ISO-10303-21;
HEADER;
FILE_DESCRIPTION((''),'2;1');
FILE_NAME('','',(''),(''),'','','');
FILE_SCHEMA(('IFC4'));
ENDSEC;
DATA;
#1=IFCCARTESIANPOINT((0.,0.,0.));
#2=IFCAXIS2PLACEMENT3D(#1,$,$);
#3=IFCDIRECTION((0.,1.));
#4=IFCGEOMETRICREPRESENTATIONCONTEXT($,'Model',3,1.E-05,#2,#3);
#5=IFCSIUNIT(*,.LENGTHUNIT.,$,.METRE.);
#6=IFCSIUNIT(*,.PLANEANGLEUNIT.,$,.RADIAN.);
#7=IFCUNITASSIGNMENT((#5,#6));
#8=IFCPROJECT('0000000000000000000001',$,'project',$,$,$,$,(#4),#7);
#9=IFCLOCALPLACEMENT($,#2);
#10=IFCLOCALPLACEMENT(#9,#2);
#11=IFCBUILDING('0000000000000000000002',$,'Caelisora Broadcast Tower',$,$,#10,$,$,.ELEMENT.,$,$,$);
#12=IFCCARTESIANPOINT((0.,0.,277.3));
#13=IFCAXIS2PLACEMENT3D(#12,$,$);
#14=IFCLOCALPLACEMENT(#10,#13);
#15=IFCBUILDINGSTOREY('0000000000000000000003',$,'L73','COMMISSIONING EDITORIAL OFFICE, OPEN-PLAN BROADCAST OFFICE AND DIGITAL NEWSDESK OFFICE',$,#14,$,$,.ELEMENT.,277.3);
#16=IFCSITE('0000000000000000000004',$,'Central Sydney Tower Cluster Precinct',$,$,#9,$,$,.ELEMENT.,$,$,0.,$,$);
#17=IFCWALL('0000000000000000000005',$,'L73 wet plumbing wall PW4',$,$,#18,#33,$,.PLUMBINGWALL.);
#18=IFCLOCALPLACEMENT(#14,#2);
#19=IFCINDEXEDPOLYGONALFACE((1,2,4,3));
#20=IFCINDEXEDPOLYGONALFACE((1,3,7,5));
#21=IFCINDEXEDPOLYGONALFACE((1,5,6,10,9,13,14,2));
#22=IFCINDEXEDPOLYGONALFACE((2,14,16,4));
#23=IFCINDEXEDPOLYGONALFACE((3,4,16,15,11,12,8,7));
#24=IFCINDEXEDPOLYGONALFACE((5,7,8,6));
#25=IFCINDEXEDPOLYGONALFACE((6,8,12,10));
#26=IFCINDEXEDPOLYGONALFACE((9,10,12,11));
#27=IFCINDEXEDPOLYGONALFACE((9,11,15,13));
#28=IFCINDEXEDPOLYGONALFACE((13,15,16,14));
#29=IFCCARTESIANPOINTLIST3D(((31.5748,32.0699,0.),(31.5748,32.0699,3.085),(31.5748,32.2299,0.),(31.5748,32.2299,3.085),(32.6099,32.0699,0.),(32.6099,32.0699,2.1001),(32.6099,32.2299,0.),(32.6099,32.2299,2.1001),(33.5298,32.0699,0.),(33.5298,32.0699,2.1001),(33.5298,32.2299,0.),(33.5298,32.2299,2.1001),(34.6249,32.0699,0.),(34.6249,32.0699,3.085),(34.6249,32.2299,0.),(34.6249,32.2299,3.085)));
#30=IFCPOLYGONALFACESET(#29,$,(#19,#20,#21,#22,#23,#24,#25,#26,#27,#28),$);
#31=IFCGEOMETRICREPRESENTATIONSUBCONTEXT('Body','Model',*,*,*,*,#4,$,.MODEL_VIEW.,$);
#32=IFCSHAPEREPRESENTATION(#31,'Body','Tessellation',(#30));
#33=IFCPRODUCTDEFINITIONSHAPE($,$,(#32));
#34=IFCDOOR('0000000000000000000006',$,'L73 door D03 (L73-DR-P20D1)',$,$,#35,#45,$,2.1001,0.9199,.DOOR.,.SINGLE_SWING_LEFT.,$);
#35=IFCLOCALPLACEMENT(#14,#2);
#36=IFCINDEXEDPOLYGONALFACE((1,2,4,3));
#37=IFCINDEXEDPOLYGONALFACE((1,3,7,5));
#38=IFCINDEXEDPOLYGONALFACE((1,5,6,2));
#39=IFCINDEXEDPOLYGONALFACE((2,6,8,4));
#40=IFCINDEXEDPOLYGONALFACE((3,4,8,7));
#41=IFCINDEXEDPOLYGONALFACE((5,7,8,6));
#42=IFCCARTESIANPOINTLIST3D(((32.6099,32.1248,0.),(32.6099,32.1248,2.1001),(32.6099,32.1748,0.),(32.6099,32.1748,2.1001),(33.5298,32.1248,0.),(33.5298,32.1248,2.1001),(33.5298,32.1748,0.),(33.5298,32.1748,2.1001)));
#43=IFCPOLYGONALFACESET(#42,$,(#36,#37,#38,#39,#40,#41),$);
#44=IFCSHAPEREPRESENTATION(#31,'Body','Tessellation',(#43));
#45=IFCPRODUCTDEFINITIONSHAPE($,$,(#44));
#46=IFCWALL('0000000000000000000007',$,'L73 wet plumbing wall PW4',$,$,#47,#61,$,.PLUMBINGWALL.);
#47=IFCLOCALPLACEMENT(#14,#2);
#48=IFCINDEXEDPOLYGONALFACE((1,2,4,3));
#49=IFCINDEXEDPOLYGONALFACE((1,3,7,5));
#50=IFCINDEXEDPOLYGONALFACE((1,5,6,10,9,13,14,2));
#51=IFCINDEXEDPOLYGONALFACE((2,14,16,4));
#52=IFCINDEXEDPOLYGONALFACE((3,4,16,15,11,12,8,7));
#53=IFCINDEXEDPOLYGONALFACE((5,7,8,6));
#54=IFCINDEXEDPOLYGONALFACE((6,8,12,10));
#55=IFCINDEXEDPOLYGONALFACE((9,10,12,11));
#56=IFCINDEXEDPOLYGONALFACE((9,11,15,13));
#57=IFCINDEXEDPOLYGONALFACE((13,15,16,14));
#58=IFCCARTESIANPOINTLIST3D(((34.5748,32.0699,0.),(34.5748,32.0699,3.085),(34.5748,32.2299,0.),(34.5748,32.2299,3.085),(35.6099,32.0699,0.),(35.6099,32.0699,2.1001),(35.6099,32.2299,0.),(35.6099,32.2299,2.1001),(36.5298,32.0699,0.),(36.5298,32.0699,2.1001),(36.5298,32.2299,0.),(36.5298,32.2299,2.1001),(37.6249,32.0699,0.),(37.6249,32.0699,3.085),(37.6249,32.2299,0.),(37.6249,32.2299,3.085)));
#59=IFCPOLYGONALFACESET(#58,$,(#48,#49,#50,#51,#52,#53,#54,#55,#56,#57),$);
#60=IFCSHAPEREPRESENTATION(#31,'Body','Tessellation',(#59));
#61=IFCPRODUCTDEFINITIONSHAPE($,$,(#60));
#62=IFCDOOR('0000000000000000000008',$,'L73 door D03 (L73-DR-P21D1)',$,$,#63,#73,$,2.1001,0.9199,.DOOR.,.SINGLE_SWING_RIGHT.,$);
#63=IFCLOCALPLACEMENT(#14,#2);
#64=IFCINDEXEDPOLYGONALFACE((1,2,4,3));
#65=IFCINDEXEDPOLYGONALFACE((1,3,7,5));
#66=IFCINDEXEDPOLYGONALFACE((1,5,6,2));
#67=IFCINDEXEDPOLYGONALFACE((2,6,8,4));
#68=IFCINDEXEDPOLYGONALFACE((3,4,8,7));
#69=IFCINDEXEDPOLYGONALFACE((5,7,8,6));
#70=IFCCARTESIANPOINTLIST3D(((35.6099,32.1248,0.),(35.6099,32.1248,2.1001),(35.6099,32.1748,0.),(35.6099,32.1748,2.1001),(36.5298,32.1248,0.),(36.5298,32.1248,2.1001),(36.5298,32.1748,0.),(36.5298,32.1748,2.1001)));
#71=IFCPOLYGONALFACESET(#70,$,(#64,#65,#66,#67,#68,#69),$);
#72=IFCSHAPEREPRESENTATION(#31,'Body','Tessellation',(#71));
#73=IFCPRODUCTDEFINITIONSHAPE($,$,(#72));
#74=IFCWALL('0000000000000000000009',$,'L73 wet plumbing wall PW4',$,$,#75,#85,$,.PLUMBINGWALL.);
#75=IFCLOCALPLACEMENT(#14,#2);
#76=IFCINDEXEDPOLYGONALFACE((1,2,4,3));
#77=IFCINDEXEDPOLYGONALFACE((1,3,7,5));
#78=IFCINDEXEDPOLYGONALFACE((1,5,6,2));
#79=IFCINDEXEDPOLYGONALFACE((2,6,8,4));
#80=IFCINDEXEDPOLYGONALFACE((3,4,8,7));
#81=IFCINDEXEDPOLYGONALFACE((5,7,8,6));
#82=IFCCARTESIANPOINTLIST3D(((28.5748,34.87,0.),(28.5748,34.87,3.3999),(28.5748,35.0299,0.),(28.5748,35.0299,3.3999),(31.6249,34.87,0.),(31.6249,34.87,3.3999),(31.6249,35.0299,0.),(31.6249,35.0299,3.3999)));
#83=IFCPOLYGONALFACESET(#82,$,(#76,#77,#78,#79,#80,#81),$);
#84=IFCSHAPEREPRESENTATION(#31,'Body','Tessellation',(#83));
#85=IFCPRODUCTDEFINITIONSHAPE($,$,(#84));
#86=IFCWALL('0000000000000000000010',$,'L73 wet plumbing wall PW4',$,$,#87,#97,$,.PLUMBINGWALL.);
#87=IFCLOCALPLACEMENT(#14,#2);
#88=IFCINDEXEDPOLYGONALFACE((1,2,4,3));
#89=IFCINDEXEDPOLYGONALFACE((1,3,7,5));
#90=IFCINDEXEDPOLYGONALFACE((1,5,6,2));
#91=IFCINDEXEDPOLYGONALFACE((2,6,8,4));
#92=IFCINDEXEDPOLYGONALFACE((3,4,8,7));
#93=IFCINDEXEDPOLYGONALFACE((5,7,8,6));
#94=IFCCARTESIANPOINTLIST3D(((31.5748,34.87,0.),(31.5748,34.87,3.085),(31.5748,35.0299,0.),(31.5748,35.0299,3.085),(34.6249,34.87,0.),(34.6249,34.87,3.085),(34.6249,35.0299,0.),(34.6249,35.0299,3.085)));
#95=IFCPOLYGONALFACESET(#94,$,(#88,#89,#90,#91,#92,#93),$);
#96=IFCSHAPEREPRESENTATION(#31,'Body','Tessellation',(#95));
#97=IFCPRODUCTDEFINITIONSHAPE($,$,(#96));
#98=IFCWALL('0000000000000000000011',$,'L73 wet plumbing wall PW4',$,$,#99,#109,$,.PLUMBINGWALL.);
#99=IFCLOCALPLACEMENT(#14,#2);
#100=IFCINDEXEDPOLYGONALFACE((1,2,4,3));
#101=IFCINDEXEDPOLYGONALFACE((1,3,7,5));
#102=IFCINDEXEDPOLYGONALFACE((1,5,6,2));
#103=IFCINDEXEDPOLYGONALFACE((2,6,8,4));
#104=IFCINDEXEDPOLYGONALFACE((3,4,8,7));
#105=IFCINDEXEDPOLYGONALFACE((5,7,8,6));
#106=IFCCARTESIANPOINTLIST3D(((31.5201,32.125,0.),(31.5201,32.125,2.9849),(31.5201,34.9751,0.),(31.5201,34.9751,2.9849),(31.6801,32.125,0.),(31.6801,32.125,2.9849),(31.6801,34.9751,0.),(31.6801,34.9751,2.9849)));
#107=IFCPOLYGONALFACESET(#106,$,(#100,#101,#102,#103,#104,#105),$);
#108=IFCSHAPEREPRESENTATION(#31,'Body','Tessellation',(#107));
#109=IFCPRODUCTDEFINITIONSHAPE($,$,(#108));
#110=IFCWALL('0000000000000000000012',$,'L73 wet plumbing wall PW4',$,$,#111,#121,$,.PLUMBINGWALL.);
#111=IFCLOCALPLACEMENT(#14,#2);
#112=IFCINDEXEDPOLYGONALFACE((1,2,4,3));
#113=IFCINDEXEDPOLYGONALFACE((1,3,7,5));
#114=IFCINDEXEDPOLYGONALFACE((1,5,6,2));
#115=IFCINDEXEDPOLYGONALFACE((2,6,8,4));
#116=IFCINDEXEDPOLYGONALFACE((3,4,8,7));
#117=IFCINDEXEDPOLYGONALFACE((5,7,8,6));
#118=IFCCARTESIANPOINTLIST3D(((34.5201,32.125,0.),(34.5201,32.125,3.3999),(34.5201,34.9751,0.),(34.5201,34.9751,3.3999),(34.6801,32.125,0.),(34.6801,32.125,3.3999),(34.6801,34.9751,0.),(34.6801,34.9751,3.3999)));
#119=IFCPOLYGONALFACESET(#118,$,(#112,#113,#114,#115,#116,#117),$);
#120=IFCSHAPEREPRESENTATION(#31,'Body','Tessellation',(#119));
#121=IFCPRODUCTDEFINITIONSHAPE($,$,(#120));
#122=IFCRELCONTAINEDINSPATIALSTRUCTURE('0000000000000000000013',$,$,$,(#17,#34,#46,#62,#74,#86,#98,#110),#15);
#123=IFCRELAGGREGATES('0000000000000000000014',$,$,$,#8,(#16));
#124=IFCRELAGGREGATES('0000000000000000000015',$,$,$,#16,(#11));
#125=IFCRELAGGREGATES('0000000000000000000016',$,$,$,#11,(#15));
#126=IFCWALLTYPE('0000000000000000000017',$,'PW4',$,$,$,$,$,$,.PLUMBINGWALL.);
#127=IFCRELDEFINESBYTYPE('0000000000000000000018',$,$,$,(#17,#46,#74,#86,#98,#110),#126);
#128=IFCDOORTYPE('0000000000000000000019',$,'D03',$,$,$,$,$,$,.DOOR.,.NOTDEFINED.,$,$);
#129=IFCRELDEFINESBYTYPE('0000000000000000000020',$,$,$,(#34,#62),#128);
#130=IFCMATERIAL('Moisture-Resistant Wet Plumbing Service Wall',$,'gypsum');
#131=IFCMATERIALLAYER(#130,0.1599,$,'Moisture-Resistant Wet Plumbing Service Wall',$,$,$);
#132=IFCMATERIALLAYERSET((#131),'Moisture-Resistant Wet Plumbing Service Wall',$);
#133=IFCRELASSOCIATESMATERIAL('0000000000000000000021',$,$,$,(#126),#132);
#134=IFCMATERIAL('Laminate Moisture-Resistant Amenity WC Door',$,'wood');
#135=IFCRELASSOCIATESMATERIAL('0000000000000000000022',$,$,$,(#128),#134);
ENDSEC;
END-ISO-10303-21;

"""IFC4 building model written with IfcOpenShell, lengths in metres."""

from ifc_helpers import new_model, si_unit, direction, frame, frame_2d, origin, place, context, subcontext, project, spatial, rectangle, extrude, material, layer, layer_set, type_object, element, fill, save


model = new_model("IFC4")

# Units and contexts
model_context = context("Model", 3, precision=1e-05, world=origin(), true_north=direction((0.0, 1.0)))
body_context = subcontext(model_context, "Body", "Model", "MODEL_VIEW")
ifc_project = project(units=[si_unit("LENGTHUNIT", "METRE"), si_unit("PLANEANGLEUNIT", "RADIAN")], contexts=[model_context])

# Site, building, storey
site_placement = place(None, origin())
site = spatial("IfcSite", under=ifc_project, at=site_placement, Name="Central Sydney Tower Cluster Precinct", CompositionType="ELEMENT", RefElevation=0.0)
building_placement = place(site_placement, origin())
building = spatial("IfcBuilding", under=site, at=building_placement, Name="Caelisora Broadcast Tower", CompositionType="ELEMENT")
storey_placement = place(building_placement, frame((0.0, 0.0, 277.3)))
storey = spatial("IfcBuildingStorey", under=building, at=storey_placement, Name="L73", Description="COMMISSIONING EDITORIAL OFFICE, OPEN-PLAN BROADCAST OFFICE AND DIGITAL NEWSDESK OFFICE", CompositionType="ELEMENT", Elevation=277.3)

# Walls, openings, doors
ifc_material_1 = material(Name="Moisture-Resistant Wet Plumbing Service Wall", Category="gypsum")
ifc_layer_1 = layer(ifc_material_1, 0.1599, Name="Moisture-Resistant Wet Plumbing Service Wall")
ifc_layer_set_1 = layer_set([ifc_layer_1], Name="Moisture-Resistant Wet Plumbing Service Wall")
wall_type_1 = type_object("IfcWallType", Name="PW4", PredefinedType="PLUMBINGWALL", material=ifc_layer_set_1)
ifc_material_2 = material(Name="Laminate Moisture-Resistant Amenity WC Door", Category="wood")
door_type_1 = type_object("IfcDoorType", Name="D03", OperationType="NOTDEFINED", PredefinedType="DOOR", material=ifc_material_2)
wall_1_placement = place(storey_placement, frame((31.575, 32.1499, 0.0), z_axis=(0.0, 0.0, 1.0), x_axis=(1.0, 0.0, 0.0)))
wall_1 = element("IfcWall", 1, at=wall_1_placement, inside=storey, type_object=wall_type_1, Name="L73 wet plumbing wall PW4", PredefinedType="PLUMBINGWALL", context=body_context, shape_type="SweptSolid", body=[
    extrude(rectangle(XDim=3.05, YDim=0.1599, at=frame_2d((1.5249, 0.0))), origin(), (0.0, 0.0, 1.0), 3.085),
])
opening_1_placement = place(wall_1_placement, frame((1.0349, 0.0, 0.0)))
opening_1 = element("IfcOpeningElement", 2, at=opening_1_placement, cuts=wall_1, PredefinedType="OPENING", context=body_context, shape_type="SweptSolid", body=[
    extrude(rectangle(XDim=0.9199, YDim=2.1001, at=frame_2d((0.46, 1.05))), frame((0.0, 0.092, 0.0), z_axis=(0.0, -1.0, 0.0), x_axis=(1.0, 0.0, 0.0)), (0.0, 0.0, 1.0), 0.1838),
])
door_1_placement = place(opening_1_placement, origin())
door_1 = element("IfcDoor", 3, at=door_1_placement, inside=storey, type_object=door_type_1, Name="L73 door D03 (L73-DR-P20D1)", OperationType="SINGLE_SWING_LEFT", OverallHeight=2.1001, OverallWidth=0.9199, PredefinedType="DOOR", context=body_context, shape_type="SweptSolid", body=[
    extrude(rectangle(XDim=0.9199, YDim=2.1001, at=frame_2d((0.46, 1.05))), frame((0.0, 0.0249, 0.0), z_axis=(0.0, -1.0, 0.0), x_axis=(1.0, 0.0, 0.0)), (0.0, 0.0, 1.0), 0.05),
])
fill(opening_1, door_1)
wall_2_placement = place(storey_placement, frame((34.575, 32.1499, 0.0), z_axis=(0.0, 0.0, 1.0), x_axis=(1.0, 0.0, 0.0)))
wall_2 = element("IfcWall", 4, at=wall_2_placement, inside=storey, type_object=wall_type_1, Name="L73 wet plumbing wall PW4", PredefinedType="PLUMBINGWALL", context=body_context, shape_type="SweptSolid", body=[
    extrude(rectangle(XDim=3.05, YDim=0.1599, at=frame_2d((1.5249, 0.0))), origin(), (0.0, 0.0, 1.0), 3.085),
])
opening_2_placement = place(wall_2_placement, frame((1.0349, 0.0, 0.0)))
opening_2 = element("IfcOpeningElement", 5, at=opening_2_placement, cuts=wall_2, PredefinedType="OPENING", context=body_context, shape_type="SweptSolid", body=[
    extrude(rectangle(XDim=0.9199, YDim=2.1001, at=frame_2d((0.46, 1.05))), frame((0.0, 0.092, 0.0), z_axis=(0.0, -1.0, 0.0), x_axis=(1.0, 0.0, 0.0)), (0.0, 0.0, 1.0), 0.1838),
])
door_2_placement = place(opening_2_placement, origin())
door_2 = element("IfcDoor", 6, at=door_2_placement, inside=storey, type_object=door_type_1, Name="L73 door D03 (L73-DR-P21D1)", OperationType="SINGLE_SWING_RIGHT", OverallHeight=2.1001, OverallWidth=0.9199, PredefinedType="DOOR", context=body_context, shape_type="SweptSolid", body=[
    extrude(rectangle(XDim=0.9199, YDim=2.1001, at=frame_2d((0.46, 1.05))), frame((0.0, 0.0249, 0.0), z_axis=(0.0, -1.0, 0.0), x_axis=(1.0, 0.0, 0.0)), (0.0, 0.0, 1.0), 0.05),
])
fill(opening_2, door_2)

# Walls
wall_3_placement = place(storey_placement, frame((28.575, 34.95, 0.0), z_axis=(0.0, 0.0, 1.0), x_axis=(1.0, 0.0, 0.0)))
element("IfcWall", 7, at=wall_3_placement, inside=storey, type_object=wall_type_1, Name="L73 wet plumbing wall PW4", PredefinedType="PLUMBINGWALL", context=body_context, shape_type="SweptSolid", body=[
    extrude(rectangle(XDim=3.05, YDim=0.1599, at=frame_2d((1.5249, 0.0))), origin(), (0.0, 0.0, 1.0), 3.3999),
])
wall_4_placement = place(storey_placement, frame((31.575, 34.95, 0.0), z_axis=(0.0, 0.0, 1.0), x_axis=(1.0, 0.0, 0.0)))
element("IfcWall", 8, at=wall_4_placement, inside=storey, type_object=wall_type_1, Name="L73 wet plumbing wall PW4", PredefinedType="PLUMBINGWALL", context=body_context, shape_type="SweptSolid", body=[
    extrude(rectangle(XDim=3.05, YDim=0.1599, at=frame_2d((1.5249, 0.0))), origin(), (0.0, 0.0, 1.0), 3.085),
])
wall_5_placement = place(storey_placement, frame((31.6001, 32.125, 0.0), z_axis=(0.0, 0.0, 1.0), x_axis=(0.0, 1.0, 0.0)))
element("IfcWall", 9, at=wall_5_placement, inside=storey, type_object=wall_type_1, Name="L73 wet plumbing wall PW4", PredefinedType="PLUMBINGWALL", context=body_context, shape_type="SweptSolid", body=[
    extrude(rectangle(XDim=2.8501, YDim=0.1599, at=frame_2d((1.425, 0.0))), origin(), (0.0, 0.0, 1.0), 2.9849),
])
wall_6_placement = place(storey_placement, frame((34.6001, 32.125, 0.0), z_axis=(0.0, 0.0, 1.0), x_axis=(0.0, 1.0, 0.0)))
element("IfcWall", 10, at=wall_6_placement, inside=storey, type_object=wall_type_1, Name="L73 wet plumbing wall PW4", PredefinedType="PLUMBINGWALL", context=body_context, shape_type="SweptSolid", body=[
    extrude(rectangle(XDim=2.8501, YDim=0.1599, at=frame_2d((1.425, 0.0))), origin(), (0.0, 0.0, 1.0), 3.3999),
])

save(model, "model.ifc")
